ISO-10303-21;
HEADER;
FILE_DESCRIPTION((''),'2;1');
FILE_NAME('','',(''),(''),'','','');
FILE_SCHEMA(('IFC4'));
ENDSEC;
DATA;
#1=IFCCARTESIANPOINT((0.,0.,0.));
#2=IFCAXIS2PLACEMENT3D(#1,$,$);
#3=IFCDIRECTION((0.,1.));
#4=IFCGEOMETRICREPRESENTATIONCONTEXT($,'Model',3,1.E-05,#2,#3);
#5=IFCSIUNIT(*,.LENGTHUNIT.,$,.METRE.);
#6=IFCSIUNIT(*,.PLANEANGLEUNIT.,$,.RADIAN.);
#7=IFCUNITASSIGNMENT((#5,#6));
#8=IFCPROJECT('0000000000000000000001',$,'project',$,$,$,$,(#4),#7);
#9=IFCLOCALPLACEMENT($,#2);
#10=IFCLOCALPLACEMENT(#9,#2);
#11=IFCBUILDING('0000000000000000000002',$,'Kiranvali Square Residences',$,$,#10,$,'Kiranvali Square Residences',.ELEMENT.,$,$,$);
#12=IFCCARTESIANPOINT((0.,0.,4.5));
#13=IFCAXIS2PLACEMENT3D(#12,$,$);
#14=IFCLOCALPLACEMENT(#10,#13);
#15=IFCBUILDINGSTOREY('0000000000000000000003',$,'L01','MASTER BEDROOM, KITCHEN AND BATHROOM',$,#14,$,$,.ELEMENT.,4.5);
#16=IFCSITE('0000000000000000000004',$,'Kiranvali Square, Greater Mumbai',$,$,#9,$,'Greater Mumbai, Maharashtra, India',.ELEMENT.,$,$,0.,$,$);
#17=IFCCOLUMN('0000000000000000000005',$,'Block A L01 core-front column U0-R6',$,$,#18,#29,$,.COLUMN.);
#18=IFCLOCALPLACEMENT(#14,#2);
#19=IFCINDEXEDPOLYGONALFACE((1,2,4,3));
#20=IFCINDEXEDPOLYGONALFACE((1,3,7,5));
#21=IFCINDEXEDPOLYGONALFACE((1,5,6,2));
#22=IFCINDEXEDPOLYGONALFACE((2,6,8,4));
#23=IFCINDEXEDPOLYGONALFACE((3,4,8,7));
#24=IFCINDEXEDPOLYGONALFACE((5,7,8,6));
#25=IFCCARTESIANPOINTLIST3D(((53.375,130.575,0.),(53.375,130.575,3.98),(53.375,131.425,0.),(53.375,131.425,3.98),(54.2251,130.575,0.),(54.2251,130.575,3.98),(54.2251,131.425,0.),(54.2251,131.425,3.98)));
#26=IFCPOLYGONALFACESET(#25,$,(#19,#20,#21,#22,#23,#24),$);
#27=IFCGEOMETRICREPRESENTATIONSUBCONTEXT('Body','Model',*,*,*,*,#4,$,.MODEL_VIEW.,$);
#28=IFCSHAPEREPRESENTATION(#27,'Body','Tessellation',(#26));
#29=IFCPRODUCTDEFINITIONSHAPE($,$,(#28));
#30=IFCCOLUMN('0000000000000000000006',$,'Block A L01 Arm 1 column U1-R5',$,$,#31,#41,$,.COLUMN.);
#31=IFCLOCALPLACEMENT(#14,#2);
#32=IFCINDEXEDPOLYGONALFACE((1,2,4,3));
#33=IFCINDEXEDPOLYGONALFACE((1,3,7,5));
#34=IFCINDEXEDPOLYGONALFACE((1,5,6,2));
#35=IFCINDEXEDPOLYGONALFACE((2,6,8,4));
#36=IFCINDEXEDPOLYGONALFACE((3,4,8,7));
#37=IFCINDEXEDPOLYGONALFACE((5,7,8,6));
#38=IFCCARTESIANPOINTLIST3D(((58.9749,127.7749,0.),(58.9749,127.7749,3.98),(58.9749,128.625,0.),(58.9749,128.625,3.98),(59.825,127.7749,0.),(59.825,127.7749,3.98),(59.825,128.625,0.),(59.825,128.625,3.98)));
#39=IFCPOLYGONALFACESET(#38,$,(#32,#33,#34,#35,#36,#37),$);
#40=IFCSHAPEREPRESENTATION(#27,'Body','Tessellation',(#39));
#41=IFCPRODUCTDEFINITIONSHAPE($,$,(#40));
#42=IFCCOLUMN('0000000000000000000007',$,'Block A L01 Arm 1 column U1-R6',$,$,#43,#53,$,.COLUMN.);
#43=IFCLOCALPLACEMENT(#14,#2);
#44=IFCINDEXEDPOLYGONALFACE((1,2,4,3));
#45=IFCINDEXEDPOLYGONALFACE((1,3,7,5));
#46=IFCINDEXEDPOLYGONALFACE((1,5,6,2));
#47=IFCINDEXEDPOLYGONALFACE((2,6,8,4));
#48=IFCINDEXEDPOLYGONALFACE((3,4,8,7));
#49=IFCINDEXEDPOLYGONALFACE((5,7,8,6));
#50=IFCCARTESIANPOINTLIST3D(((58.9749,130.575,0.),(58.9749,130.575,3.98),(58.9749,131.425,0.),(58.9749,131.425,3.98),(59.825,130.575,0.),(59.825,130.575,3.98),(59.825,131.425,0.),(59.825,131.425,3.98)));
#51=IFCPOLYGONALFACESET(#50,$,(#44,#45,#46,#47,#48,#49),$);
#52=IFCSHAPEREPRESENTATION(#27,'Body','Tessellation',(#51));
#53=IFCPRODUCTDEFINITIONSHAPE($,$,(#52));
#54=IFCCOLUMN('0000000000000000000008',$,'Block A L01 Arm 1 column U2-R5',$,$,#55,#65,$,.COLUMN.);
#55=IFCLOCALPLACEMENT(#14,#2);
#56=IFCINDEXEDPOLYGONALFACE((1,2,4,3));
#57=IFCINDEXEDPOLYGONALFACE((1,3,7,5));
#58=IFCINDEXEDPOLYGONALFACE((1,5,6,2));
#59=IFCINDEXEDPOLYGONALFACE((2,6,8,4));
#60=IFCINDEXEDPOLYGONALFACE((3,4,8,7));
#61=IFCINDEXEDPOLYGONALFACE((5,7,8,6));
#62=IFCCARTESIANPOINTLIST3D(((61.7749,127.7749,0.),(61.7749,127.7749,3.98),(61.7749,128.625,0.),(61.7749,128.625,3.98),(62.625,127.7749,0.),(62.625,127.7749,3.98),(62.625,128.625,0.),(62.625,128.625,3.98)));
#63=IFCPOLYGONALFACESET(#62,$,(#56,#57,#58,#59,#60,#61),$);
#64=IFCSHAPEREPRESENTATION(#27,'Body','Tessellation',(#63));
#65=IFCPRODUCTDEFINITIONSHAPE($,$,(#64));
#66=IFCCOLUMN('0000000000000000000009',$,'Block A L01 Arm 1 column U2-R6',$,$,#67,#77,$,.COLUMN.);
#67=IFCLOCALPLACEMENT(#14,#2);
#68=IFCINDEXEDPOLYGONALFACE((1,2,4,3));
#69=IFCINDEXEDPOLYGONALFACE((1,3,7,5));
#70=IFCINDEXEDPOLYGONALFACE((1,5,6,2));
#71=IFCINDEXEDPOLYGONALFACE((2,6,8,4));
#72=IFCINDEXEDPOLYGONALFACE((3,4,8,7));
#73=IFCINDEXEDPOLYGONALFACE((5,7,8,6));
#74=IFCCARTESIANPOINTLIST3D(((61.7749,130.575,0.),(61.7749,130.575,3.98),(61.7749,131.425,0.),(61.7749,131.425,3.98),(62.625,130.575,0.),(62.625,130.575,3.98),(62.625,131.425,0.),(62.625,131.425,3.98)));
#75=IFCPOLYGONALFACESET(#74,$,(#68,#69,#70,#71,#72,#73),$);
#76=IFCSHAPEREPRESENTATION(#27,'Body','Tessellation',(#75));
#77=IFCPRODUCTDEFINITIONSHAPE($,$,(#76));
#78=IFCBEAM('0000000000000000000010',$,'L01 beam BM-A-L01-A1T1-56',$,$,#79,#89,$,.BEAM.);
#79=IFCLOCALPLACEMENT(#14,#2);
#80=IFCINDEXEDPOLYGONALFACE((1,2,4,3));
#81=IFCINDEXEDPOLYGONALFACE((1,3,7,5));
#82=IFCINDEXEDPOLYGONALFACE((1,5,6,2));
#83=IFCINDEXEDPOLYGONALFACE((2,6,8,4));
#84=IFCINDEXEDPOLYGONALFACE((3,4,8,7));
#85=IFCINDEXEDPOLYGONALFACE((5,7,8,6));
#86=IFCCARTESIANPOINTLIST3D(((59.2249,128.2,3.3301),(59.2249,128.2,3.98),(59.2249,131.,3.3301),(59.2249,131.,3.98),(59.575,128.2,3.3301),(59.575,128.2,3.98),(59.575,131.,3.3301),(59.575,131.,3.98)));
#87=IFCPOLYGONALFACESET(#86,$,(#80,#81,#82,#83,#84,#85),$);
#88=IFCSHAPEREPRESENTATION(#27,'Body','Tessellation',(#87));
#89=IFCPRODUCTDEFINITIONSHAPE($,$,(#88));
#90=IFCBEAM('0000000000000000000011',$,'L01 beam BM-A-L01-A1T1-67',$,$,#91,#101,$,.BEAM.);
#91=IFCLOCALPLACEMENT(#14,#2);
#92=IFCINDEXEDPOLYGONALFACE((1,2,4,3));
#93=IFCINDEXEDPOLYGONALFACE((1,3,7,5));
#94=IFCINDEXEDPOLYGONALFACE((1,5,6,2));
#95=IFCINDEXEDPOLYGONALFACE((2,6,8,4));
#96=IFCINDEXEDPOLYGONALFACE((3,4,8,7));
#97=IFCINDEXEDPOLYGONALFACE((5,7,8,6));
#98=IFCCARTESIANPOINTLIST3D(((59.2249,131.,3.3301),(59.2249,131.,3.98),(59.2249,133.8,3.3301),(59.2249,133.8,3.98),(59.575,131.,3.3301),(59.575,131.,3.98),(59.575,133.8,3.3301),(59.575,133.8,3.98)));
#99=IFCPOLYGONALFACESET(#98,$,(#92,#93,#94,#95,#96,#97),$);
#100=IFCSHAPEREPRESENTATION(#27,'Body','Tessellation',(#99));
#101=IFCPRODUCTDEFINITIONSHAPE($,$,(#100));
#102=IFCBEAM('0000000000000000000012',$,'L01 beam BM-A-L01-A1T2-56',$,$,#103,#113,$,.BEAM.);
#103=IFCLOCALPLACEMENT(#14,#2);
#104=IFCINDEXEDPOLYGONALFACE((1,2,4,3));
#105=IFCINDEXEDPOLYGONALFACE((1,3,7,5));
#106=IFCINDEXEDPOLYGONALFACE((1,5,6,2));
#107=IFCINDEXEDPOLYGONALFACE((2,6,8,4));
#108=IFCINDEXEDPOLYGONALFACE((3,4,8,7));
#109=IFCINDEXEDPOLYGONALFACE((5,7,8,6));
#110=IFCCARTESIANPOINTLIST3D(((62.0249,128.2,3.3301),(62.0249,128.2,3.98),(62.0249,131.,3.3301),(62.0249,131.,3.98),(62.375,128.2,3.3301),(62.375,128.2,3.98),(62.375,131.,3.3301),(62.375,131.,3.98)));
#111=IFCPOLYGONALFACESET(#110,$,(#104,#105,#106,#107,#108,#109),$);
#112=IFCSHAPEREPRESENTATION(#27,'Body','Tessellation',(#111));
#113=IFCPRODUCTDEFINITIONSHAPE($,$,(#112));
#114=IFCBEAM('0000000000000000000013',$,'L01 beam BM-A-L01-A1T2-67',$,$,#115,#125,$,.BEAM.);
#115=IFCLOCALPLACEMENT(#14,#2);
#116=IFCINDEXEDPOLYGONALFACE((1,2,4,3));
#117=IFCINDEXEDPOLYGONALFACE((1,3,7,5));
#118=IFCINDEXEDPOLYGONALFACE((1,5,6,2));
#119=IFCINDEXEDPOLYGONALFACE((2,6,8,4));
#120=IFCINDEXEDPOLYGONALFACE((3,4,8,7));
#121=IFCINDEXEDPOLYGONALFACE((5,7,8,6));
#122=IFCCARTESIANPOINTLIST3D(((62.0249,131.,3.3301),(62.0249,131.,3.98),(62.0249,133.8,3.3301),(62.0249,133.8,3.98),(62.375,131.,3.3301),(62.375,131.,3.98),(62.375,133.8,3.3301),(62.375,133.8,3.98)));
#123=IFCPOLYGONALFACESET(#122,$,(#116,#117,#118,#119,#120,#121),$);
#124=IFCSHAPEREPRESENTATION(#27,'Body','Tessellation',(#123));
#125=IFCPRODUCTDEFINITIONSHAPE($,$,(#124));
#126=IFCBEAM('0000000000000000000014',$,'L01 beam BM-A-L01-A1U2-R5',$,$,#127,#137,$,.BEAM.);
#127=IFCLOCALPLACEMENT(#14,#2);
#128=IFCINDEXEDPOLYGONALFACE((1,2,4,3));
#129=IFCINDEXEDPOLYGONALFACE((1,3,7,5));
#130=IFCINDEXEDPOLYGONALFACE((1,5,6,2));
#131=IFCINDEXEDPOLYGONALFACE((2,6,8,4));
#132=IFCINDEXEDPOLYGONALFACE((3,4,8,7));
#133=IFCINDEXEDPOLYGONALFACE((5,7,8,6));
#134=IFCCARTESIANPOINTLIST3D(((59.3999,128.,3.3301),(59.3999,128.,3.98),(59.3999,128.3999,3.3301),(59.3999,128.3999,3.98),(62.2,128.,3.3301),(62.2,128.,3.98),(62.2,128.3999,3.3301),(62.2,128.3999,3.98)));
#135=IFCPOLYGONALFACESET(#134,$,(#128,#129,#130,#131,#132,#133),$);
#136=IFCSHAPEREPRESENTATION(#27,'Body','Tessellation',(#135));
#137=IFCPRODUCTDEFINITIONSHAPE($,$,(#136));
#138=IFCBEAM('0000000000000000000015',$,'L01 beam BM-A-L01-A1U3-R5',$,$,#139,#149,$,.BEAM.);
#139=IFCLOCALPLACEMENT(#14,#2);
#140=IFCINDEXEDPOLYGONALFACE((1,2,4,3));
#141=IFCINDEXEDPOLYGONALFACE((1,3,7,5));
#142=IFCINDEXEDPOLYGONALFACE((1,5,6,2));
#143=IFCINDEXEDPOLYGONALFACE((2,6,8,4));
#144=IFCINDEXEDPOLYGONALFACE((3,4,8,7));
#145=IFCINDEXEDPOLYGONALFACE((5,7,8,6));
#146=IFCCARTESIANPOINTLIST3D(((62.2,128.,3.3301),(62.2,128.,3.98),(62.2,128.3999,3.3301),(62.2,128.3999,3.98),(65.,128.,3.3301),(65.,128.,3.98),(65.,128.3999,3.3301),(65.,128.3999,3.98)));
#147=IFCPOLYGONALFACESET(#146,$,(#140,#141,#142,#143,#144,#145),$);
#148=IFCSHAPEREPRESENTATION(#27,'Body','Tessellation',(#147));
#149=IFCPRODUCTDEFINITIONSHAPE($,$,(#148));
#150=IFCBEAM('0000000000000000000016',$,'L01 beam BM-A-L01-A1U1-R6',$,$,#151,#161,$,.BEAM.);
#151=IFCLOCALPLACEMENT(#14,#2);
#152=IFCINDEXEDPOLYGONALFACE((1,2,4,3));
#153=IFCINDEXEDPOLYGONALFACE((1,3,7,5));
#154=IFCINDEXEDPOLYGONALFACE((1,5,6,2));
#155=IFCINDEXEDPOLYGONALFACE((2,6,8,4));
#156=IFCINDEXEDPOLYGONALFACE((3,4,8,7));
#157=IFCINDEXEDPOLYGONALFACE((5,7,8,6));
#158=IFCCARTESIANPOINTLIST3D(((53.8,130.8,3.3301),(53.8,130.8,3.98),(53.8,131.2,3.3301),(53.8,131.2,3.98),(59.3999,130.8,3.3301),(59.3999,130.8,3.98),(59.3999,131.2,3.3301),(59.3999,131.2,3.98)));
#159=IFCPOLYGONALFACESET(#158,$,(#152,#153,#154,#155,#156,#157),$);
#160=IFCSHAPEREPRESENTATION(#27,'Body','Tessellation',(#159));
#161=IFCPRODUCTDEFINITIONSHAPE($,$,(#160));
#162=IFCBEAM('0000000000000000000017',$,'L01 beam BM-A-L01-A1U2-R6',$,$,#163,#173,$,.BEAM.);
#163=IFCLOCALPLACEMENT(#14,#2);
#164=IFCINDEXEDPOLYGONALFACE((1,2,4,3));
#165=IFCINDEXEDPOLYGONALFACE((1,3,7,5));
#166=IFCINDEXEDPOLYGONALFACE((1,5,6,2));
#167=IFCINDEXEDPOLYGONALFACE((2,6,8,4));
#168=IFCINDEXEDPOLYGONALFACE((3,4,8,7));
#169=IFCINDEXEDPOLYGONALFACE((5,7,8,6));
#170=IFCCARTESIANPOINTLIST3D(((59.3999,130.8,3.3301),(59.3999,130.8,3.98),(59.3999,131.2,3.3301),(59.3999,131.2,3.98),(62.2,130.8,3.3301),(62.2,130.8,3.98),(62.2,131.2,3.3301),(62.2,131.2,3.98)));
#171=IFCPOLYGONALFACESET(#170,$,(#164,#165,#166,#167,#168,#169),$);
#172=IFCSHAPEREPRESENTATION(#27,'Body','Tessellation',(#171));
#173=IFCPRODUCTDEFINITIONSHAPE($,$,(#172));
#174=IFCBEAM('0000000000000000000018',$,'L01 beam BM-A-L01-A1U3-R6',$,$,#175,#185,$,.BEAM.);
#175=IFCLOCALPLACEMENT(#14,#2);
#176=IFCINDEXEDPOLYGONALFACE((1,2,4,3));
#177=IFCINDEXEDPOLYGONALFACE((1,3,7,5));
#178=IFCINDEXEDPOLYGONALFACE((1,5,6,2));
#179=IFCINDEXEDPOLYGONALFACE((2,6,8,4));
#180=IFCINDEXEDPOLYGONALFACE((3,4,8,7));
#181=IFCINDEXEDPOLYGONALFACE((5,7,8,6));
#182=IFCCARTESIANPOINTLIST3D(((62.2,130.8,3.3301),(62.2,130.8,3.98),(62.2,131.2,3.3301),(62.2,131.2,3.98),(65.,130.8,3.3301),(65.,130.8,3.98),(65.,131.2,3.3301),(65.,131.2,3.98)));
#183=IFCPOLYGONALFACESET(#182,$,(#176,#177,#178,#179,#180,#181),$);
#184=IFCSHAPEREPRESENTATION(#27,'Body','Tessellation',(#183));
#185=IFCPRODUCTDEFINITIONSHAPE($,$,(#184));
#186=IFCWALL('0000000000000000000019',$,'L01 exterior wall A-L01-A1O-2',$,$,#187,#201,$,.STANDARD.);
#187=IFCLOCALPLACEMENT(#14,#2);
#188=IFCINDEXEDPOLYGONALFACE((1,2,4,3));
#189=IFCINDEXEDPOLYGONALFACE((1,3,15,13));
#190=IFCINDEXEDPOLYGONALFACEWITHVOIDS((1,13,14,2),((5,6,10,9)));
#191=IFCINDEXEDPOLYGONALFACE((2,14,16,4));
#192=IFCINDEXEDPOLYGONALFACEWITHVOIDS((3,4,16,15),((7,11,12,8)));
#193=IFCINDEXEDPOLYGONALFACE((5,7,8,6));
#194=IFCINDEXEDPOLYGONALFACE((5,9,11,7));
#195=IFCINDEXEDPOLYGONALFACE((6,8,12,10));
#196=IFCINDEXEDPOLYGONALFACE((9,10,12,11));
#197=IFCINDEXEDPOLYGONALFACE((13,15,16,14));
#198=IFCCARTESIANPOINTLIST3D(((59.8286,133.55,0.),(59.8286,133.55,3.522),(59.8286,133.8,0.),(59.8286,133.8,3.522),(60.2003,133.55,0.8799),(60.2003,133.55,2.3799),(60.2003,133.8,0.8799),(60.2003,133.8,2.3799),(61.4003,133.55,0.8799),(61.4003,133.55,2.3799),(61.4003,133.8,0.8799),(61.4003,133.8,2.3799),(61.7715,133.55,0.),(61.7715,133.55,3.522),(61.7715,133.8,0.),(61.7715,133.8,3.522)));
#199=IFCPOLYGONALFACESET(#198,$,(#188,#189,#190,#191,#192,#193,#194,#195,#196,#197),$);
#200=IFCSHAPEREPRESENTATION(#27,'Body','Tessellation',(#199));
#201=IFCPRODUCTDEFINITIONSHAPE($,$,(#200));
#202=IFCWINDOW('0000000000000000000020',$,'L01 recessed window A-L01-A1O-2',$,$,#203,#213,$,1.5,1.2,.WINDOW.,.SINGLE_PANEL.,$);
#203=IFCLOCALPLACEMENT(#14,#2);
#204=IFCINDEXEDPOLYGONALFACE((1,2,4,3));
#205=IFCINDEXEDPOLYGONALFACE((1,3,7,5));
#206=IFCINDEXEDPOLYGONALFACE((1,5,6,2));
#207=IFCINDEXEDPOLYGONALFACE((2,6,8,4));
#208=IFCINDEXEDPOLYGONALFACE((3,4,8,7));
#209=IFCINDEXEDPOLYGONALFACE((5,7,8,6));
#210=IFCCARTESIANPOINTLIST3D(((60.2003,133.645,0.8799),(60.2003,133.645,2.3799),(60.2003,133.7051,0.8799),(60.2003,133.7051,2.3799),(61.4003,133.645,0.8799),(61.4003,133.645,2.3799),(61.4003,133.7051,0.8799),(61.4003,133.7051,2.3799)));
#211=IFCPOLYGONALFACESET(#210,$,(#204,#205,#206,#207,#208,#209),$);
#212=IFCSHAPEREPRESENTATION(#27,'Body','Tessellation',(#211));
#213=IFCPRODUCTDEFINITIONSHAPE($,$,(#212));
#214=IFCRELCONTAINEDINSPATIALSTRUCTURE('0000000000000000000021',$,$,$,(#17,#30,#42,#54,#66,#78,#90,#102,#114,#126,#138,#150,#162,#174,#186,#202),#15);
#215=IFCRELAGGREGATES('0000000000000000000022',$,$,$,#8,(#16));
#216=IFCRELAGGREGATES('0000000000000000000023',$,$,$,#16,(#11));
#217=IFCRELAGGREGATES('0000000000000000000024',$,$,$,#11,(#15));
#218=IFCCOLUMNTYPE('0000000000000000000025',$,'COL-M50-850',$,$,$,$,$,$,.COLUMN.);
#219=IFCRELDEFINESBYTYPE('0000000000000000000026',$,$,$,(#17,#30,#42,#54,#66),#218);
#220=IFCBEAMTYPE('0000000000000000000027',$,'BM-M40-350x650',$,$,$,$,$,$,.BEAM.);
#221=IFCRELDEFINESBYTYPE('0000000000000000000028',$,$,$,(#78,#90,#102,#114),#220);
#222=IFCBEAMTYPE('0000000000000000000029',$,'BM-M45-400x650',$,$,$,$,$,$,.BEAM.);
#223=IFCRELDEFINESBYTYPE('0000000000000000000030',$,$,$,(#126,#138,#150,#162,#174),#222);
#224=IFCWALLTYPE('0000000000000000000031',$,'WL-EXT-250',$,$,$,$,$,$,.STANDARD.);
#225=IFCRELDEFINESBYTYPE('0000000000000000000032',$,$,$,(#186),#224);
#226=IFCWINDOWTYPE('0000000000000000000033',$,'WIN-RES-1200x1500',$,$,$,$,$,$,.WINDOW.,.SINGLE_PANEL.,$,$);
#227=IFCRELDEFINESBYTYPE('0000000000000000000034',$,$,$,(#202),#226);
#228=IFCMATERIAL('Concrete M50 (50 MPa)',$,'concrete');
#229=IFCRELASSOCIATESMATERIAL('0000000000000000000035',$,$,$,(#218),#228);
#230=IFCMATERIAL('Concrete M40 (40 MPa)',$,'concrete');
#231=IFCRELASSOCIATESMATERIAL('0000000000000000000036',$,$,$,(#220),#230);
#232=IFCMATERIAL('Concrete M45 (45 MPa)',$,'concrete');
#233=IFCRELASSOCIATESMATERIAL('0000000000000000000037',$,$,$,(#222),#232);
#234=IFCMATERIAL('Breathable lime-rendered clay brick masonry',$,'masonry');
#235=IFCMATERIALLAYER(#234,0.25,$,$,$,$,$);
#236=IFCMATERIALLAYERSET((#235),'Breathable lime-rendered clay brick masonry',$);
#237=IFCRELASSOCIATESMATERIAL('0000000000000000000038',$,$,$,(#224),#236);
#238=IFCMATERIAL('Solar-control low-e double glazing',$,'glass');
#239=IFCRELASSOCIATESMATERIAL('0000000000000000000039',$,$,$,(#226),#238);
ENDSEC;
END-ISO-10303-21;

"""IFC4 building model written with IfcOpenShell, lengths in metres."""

from ifc_helpers import new_model, si_unit, direction, frame, frame_2d, origin, origin_2d, place, context, subcontext, project, spatial, rectangle, extrude, material, layer, layer_set, material_profile, profile_set, type_object, element, fill, save


model = new_model("IFC4")

# Units and contexts
model_context = context("Model", 3, precision=1e-05, world=origin(), true_north=direction((0.0, 1.0)))
body_context = subcontext(model_context, "Body", "Model", "MODEL_VIEW")
ifc_project = project(units=[si_unit("LENGTHUNIT", "METRE"), si_unit("PLANEANGLEUNIT", "RADIAN")], contexts=[model_context])

# Site, building, storey
site_placement = place(None, origin())
site = spatial("IfcSite", under=ifc_project, at=site_placement, Name="Kiranvali Square, Greater Mumbai", LongName="Greater Mumbai, Maharashtra, India", CompositionType="ELEMENT", RefElevation=0.0)
building_placement = place(site_placement, origin())
building = spatial("IfcBuilding", under=site, at=building_placement, Name="Kiranvali Square Residences", LongName="Kiranvali Square Residences", CompositionType="ELEMENT")
storey_placement = place(building_placement, frame((0.0, 0.0, 4.5)))
storey = spatial("IfcBuildingStorey", under=building, at=storey_placement, Name="L01", Description="MASTER BEDROOM, KITCHEN AND BATHROOM", CompositionType="ELEMENT", Elevation=4.5)

# Columns
ifc_material_1 = material(Name="Concrete M50 (50 MPa)", Category="concrete")
ifc_material_profile_1 = material_profile(ifc_material_1, rectangle(XDim=0.8501, YDim=0.8501, at=origin_2d()), Name="RC 850x850")
ifc_profile_set_1 = profile_set([ifc_material_profile_1], Name="Concrete M50 (50 MPa)")
column_type = type_object("IfcColumnType", Name="COL-M50-850", PredefinedType="COLUMN", material=ifc_profile_set_1)
for number, where, z_axis, x_axis, name in (
    (1, (53.8, 131.0, 0.0), (0.0, 0.0, 1.0), (1.0, 0.0, 0.0), "Block A L01 core-front column U0-R6"),
    (2, (59.3999, 128.2, 0.0), (0.0, 0.0, 1.0), (1.0, 0.0, 0.0), "Block A L01 Arm 1 column U1-R5"),
    (3, (59.3999, 131.0, 0.0), (0.0, 0.0, 1.0), (1.0, 0.0, 0.0), "Block A L01 Arm 1 column U1-R6"),
    (4, (62.2, 128.2, 0.0), (0.0, 0.0, 1.0), (1.0, 0.0, 0.0), "Block A L01 Arm 1 column U2-R5"),
    (5, (62.2, 131.0, 0.0), (0.0, 0.0, 1.0), (1.0, 0.0, 0.0), "Block A L01 Arm 1 column U2-R6"),
):
    element("IfcColumn", number, at=place(storey_placement, frame(where, z_axis=z_axis, x_axis=x_axis)), inside=storey, type_object=column_type, Name=name, PredefinedType="COLUMN", context=body_context, shape_type="SweptSolid", body=[
        extrude(rectangle(XDim=0.8501, YDim=0.8501, at=origin_2d()), origin(), (0.0, 0.0, 1.0), 3.98),
    ])

# Beams
ifc_material_2 = material(Name="Concrete M40 (40 MPa)", Category="concrete")
ifc_material_profile_2 = material_profile(ifc_material_2, rectangle(XDim=0.3501, YDim=0.6499, at=origin_2d()), Name="RC 350x650")
ifc_profile_set_2 = profile_set([ifc_material_profile_2], Name="Concrete M40 (40 MPa)")
beam_type_1 = type_object("IfcBeamType", Name="BM-M40-350x650", PredefinedType="BEAM", material=ifc_profile_set_2)
for number, where, z_axis, x_axis, name in (
    (6, (59.3999, 128.2, 3.655), (0.0, 1.0, 0.0), (-1.0, 0.0, 0.0), "L01 beam BM-A-L01-A1T1-56"),
    (7, (59.3999, 131.0, 3.655), (0.0, 1.0, 0.0), (-1.0, 0.0, 0.0), "L01 beam BM-A-L01-A1T1-67"),
    (8, (62.2, 128.2, 3.655), (0.0, 1.0, 0.0), (-1.0, 0.0, 0.0), "L01 beam BM-A-L01-A1T2-56"),
    (9, (62.2, 131.0, 3.655), (0.0, 1.0, 0.0), (-1.0, 0.0, 0.0), "L01 beam BM-A-L01-A1T2-67"),
):
    element("IfcBeam", number, at=place(storey_placement, frame(where, z_axis=z_axis, x_axis=x_axis)), inside=storey, type_object=beam_type_1, Name=name, PredefinedType="BEAM", context=body_context, shape_type="SweptSolid", body=[
        extrude(rectangle(XDim=0.3501, YDim=0.6499, at=origin_2d()), origin(), (0.0, 0.0, 1.0), 2.8),
    ])
ifc_material_3 = material(Name="Concrete M45 (45 MPa)", Category="concrete")
ifc_material_profile_3 = material_profile(ifc_material_3, rectangle(XDim=0.3999, YDim=0.6499, at=origin_2d()), Name="RC 400x650")
ifc_profile_set_3 = profile_set([ifc_material_profile_3], Name="Concrete M45 (45 MPa)")
beam_type_2 = type_object("IfcBeamType", Name="BM-M45-400x650", PredefinedType="BEAM", material=ifc_profile_set_3)
for number, where, z_axis, x_axis, name in (
    (10, (59.3999, 128.2, 3.655), (1.0, 0.0, 0.0), (0.0, 1.0, 0.0), "L01 beam BM-A-L01-A1U2-R5"),
    (11, (62.2, 128.2, 3.655), (1.0, 0.0, 0.0), (0.0, 1.0, 0.0), "L01 beam BM-A-L01-A1U3-R5"),
):
    element("IfcBeam", number, at=place(storey_placement, frame(where, z_axis=z_axis, x_axis=x_axis)), inside=storey, type_object=beam_type_2, Name=name, PredefinedType="BEAM", context=body_context, shape_type="SweptSolid", body=[
        extrude(rectangle(XDim=0.3999, YDim=0.6499, at=origin_2d()), origin(), (0.0, 0.0, 1.0), 2.8),
    ])
beam_placement = place(storey_placement, frame((53.8, 131.0, 3.655), z_axis=(1.0, 0.0, 0.0), x_axis=(0.0, 1.0, 0.0)))
element("IfcBeam", 12, at=beam_placement, inside=storey, type_object=beam_type_2, Name="L01 beam BM-A-L01-A1U1-R6", PredefinedType="BEAM", context=body_context, shape_type="SweptSolid", body=[
    extrude(rectangle(XDim=0.3999, YDim=0.6499, at=origin_2d()), origin(), (0.0, 0.0, 1.0), 5.5999),
])
for number, where, z_axis, x_axis, name in (
    (13, (59.3999, 131.0, 3.655), (1.0, 0.0, 0.0), (0.0, 1.0, 0.0), "L01 beam BM-A-L01-A1U2-R6"),
    (14, (62.2, 131.0, 3.655), (1.0, 0.0, 0.0), (0.0, 1.0, 0.0), "L01 beam BM-A-L01-A1U3-R6"),
):
    element("IfcBeam", number, at=place(storey_placement, frame(where, z_axis=z_axis, x_axis=x_axis)), inside=storey, type_object=beam_type_2, Name=name, PredefinedType="BEAM", context=body_context, shape_type="SweptSolid", body=[
        extrude(rectangle(XDim=0.3999, YDim=0.6499, at=origin_2d()), origin(), (0.0, 0.0, 1.0), 2.8),
    ])

# Wall, opening, window
ifc_material_4 = material(Name="Breathable lime-rendered clay brick masonry", Category="masonry")
ifc_layer = layer(ifc_material_4, 0.25)
ifc_layer_set = layer_set([ifc_layer], Name="Breathable lime-rendered clay brick masonry")
wall_type = type_object("IfcWallType", Name="WL-EXT-250", PredefinedType="STANDARD", material=ifc_layer_set)
wall_placement = place(storey_placement, frame((59.8286, 133.675, 0.0), z_axis=(0.0, 0.0, 1.0), x_axis=(1.0, 0.0, 0.0)))
wall = element("IfcWall", 15, at=wall_placement, inside=storey, type_object=wall_type, Name="L01 exterior wall A-L01-A1O-2", PredefinedType="STANDARD", context=body_context, shape_type="SweptSolid", body=[
    extrude(rectangle(XDim=1.9429, YDim=0.25, at=frame_2d((0.9714, 0.0))), origin(), (0.0, 0.0, 1.0), 3.522),
])
opening_placement = place(wall_placement, frame((0.3716, 0.0, 0.8799)))
opening = element("IfcOpeningElement", 16, at=opening_placement, cuts=wall, PredefinedType="OPENING", context=body_context, shape_type="SweptSolid", body=[
    extrude(rectangle(XDim=1.2, YDim=1.5, at=frame_2d((0.6001, 0.75))), frame((0.0, 0.135, 0.0), z_axis=(0.0, -1.0, 0.0), x_axis=(1.0, 0.0, 0.0)), (0.0, 0.0, 1.0), 0.27),
])
ifc_material_5 = material(Name="Solar-control low-e double glazing", Category="glass")
window_type = type_object("IfcWindowType", Name="WIN-RES-1200x1500", PartitioningType="SINGLE_PANEL", PredefinedType="WINDOW", material=ifc_material_5)
window_placement = place(opening_placement, origin())
window = element("IfcWindow", 17, at=window_placement, inside=storey, type_object=window_type, Name="L01 recessed window A-L01-A1O-2", OverallHeight=1.5, OverallWidth=1.2, PartitioningType="SINGLE_PANEL", PredefinedType="WINDOW", context=body_context, shape_type="SweptSolid", body=[
    extrude(rectangle(XDim=1.2, YDim=1.5, at=frame_2d((0.6001, 0.75))), frame((0.0, 0.03, 0.0), z_axis=(0.0, -1.0, 0.0), x_axis=(1.0, 0.0, 0.0)), (0.0, 0.0, 1.0), 0.0601),
])
fill(opening, window)

save(model, "model.ifc")
